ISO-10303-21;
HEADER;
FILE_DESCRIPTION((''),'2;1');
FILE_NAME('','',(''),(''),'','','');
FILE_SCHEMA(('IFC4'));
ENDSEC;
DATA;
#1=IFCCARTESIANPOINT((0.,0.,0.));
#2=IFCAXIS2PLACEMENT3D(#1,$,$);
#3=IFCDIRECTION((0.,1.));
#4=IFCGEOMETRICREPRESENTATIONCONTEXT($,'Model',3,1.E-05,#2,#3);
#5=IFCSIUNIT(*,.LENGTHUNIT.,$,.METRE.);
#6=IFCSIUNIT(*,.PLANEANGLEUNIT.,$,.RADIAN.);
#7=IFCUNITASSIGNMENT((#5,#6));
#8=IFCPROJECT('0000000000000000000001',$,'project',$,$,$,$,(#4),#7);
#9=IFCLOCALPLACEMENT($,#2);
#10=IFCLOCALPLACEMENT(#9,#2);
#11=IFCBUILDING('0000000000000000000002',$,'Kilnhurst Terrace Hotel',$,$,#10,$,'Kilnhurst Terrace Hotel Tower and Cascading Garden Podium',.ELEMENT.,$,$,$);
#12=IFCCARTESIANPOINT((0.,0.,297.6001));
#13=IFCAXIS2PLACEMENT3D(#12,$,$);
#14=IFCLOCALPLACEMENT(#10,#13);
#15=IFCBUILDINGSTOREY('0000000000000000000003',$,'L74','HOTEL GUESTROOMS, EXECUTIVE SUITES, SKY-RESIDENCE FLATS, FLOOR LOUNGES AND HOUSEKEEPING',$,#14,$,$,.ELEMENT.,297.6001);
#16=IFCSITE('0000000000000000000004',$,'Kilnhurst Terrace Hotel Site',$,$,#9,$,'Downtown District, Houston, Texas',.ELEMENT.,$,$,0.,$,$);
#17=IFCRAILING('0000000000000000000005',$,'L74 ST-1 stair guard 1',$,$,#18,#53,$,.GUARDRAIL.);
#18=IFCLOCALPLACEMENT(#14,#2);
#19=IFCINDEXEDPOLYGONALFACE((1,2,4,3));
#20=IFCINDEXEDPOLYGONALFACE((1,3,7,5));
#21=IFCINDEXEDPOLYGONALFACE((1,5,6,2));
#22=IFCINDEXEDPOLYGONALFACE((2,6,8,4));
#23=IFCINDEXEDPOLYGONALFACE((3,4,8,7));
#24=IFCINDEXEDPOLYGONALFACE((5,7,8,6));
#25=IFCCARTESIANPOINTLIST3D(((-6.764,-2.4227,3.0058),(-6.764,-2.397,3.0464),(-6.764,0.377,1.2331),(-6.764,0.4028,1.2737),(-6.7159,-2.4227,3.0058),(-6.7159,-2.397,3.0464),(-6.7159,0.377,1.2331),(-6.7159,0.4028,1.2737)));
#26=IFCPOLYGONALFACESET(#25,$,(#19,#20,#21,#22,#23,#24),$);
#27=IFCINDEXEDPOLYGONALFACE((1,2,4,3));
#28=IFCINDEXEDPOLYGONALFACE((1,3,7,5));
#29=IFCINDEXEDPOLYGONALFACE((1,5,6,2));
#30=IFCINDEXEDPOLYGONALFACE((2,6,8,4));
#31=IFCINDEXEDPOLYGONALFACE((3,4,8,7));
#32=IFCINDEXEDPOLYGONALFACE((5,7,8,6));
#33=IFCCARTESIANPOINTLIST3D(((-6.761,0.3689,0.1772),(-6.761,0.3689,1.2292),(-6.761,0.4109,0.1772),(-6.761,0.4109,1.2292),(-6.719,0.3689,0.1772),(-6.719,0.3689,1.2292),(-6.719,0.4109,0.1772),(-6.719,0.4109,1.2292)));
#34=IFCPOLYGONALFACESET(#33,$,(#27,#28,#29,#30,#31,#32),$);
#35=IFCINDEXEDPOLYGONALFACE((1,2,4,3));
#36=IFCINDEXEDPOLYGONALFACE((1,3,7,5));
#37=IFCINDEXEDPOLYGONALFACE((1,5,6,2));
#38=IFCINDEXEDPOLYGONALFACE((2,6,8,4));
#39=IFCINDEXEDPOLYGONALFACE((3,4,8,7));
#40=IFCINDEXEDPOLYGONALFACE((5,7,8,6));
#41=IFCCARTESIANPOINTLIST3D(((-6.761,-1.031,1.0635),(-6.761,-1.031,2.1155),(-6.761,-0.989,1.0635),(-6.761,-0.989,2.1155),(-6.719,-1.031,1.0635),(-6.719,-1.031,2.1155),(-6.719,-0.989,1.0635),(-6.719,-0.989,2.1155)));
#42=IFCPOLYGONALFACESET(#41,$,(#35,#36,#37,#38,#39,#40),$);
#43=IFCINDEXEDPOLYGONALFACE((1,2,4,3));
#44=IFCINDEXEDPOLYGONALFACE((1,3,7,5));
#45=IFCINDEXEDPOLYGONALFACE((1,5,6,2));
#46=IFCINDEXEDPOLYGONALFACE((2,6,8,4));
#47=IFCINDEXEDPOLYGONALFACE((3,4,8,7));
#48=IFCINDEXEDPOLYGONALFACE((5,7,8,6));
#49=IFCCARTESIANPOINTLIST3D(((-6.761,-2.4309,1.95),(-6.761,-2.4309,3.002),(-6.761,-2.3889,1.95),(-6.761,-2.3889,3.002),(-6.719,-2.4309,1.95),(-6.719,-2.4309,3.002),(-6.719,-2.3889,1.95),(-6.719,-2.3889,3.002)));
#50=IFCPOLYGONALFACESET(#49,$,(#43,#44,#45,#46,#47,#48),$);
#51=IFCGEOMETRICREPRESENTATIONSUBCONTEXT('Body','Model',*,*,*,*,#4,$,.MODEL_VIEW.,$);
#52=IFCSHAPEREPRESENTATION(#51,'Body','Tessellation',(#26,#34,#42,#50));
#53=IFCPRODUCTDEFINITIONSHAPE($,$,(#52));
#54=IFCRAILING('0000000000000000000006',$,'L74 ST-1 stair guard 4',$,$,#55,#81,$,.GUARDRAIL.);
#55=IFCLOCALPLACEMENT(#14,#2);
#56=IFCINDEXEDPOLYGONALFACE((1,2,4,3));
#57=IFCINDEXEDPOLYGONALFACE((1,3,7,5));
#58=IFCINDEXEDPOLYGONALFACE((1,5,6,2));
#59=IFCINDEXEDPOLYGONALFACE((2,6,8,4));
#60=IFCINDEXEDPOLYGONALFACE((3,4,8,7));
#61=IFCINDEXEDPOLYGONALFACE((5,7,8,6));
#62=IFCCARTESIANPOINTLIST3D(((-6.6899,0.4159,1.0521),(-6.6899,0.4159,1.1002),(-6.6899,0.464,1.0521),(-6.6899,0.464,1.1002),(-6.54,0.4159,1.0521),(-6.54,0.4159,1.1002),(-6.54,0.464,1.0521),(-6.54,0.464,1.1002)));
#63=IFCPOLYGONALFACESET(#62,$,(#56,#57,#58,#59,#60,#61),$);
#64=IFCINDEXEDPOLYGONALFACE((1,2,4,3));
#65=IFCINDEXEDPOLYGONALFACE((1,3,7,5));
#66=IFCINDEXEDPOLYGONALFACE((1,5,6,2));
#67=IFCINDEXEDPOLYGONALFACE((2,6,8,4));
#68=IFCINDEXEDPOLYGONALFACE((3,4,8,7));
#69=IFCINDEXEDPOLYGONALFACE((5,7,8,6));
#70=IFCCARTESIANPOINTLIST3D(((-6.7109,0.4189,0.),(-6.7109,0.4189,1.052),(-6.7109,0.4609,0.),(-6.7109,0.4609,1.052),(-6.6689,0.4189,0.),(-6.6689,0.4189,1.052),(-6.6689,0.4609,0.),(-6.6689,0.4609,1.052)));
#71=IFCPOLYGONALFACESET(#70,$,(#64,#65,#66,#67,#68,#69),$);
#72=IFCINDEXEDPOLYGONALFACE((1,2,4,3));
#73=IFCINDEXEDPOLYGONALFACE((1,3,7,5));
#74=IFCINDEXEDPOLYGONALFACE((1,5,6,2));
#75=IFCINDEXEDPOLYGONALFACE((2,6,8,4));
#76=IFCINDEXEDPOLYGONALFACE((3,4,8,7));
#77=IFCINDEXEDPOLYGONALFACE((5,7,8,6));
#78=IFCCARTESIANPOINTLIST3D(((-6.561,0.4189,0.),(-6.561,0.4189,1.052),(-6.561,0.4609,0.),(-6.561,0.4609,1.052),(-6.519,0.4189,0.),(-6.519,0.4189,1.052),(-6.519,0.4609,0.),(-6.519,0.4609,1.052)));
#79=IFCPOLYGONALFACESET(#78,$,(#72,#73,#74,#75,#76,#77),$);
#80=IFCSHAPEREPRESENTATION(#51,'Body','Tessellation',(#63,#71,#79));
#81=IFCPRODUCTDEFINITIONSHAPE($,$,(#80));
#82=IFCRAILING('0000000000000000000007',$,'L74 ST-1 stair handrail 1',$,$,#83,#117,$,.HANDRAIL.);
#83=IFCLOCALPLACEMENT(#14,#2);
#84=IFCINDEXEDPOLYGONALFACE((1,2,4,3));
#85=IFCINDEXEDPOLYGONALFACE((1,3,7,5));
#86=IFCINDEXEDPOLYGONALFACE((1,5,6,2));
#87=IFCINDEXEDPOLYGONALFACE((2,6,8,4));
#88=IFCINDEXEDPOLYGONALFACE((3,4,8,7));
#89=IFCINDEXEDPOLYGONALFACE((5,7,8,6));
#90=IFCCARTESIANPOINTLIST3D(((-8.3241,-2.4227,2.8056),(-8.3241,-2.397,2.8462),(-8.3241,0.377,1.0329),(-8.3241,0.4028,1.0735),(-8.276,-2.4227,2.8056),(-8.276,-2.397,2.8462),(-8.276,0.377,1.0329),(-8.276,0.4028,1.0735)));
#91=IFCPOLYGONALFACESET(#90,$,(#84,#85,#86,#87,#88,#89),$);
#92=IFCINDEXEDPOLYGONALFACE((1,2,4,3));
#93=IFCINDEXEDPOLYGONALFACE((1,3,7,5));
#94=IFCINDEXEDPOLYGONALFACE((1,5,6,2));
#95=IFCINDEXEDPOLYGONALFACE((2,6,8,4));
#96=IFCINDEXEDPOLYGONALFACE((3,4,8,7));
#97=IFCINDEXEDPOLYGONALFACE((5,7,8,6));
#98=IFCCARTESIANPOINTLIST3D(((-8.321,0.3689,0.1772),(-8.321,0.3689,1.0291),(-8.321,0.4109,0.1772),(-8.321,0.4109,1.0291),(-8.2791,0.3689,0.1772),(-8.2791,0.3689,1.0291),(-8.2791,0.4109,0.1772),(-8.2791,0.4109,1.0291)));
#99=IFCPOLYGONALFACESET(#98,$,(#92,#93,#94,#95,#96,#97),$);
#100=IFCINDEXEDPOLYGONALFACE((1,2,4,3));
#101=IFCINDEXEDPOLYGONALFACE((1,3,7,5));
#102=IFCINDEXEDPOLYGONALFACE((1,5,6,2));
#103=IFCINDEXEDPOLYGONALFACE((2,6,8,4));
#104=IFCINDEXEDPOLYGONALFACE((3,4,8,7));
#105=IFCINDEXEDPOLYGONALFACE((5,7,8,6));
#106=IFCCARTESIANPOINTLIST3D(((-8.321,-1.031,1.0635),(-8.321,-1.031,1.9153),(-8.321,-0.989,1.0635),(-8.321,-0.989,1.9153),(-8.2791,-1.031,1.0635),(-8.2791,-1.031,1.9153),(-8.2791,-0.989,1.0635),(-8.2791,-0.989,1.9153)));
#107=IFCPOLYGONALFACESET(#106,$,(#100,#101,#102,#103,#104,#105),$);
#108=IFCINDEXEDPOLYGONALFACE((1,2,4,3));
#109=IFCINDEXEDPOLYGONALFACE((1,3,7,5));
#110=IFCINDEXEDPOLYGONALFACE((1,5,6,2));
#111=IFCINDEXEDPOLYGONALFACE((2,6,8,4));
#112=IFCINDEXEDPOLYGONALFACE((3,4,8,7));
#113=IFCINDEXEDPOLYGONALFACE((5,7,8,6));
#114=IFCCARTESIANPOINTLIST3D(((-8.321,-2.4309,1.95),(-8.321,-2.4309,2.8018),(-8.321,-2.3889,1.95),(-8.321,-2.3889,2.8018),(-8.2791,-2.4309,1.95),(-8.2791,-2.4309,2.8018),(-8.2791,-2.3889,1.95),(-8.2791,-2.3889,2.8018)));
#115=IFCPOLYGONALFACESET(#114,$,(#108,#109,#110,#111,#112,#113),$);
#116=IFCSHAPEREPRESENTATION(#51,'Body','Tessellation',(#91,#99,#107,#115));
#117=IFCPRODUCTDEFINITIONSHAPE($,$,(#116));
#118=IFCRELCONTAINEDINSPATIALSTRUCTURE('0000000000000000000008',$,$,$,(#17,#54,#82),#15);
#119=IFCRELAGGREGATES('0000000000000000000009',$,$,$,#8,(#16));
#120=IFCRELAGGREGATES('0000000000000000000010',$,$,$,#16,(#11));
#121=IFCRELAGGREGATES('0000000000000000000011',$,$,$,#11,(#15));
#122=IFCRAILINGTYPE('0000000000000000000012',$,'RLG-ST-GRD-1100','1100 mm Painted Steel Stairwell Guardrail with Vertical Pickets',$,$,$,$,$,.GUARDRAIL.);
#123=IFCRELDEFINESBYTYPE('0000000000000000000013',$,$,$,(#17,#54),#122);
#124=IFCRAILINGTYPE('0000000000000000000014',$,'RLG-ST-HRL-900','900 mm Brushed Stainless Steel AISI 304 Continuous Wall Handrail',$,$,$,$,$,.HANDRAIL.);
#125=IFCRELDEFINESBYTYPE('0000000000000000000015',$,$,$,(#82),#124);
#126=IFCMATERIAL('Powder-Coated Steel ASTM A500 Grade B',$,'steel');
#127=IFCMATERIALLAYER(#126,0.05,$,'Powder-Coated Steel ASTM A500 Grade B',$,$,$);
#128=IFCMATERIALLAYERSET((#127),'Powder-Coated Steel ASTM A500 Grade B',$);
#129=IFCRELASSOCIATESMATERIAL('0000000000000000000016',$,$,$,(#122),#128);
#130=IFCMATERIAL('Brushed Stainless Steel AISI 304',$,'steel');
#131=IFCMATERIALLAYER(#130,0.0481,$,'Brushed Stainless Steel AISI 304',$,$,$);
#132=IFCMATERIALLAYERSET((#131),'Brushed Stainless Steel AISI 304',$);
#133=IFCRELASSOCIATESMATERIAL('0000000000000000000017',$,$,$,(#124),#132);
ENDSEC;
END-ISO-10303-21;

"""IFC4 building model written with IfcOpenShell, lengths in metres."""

from ifc_helpers import new_model, si_unit, direction, frame, origin, origin_2d, place, context, subcontext, project, spatial, rectangle, extrude, material, layer, layer_set, type_object, element, save


model = new_model("IFC4")

# Units and contexts
model_context = context("Model", 3, precision=1e-05, world=origin(), true_north=direction((0.0, 1.0)))
body_context = subcontext(model_context, "Body", "Model", "MODEL_VIEW")
ifc_project = project(units=[si_unit("LENGTHUNIT", "METRE"), si_unit("PLANEANGLEUNIT", "RADIAN")], contexts=[model_context])

# Site, building, storey
site_placement = place(None, origin())
site = spatial("IfcSite", under=ifc_project, at=site_placement, Name="Kilnhurst Terrace Hotel Site", LongName="Downtown District, Houston, Texas", CompositionType="ELEMENT", RefElevation=0.0)
building_placement = place(site_placement, origin())
building = spatial("IfcBuilding", under=site, at=building_placement, Name="Kilnhurst Terrace Hotel", LongName="Kilnhurst Terrace Hotel Tower and Cascading Garden Podium", CompositionType="ELEMENT")
storey_placement = place(building_placement, frame((0.0, 0.0, 297.6001)))
storey = spatial("IfcBuildingStorey", under=building, at=storey_placement, Name="L74", Description="HOTEL GUESTROOMS, EXECUTIVE SUITES, SKY-RESIDENCE FLATS, FLOOR LOUNGES AND HOUSEKEEPING", CompositionType="ELEMENT", Elevation=297.6001)

# Railings
ifc_material_1 = material(Name="Powder-Coated Steel ASTM A500 Grade B", Category="steel")
ifc_layer_1 = layer(ifc_material_1, 0.05, Name="Powder-Coated Steel ASTM A500 Grade B")
ifc_layer_set_1 = layer_set([ifc_layer_1], Name="Powder-Coated Steel ASTM A500 Grade B")
railing_type_1 = type_object("IfcRailingType", Name="RLG-ST-GRD-1100", Description="1100 mm Painted Steel Stairwell Guardrail with Vertical Pickets", PredefinedType="GUARDRAIL", material=ifc_layer_set_1)
railing_1_placement = place(storey_placement, frame((-6.74, 0.3899, 0.1772)))
element("IfcRailing", 1, at=railing_1_placement, inside=storey, type_object=railing_type_1, Name="L74 ST-1 stair guard 1", PredefinedType="GUARDRAIL", context=body_context, shape_type="SweptSolid", body=[
    extrude(rectangle(XDim=0.0481, YDim=0.0481, at=origin_2d()), frame((0.0, 0.0, 1.0762), z_axis=(0.0, -0.844888, 0.534943), x_axis=(1.0, 0.0, 0.0)), (0.0, 0.0, 1.0), 3.3137),
    extrude(rectangle(XDim=0.042, YDim=0.042, at=origin_2d()), origin(), (0.0, 0.0, 1.0), 1.052),
    extrude(rectangle(XDim=0.042, YDim=0.042, at=origin_2d()), frame((0.0, -1.3999, 0.8862)), (0.0, 0.0, 1.0), 1.052),
    extrude(rectangle(XDim=0.042, YDim=0.042, at=origin_2d()), frame((0.0, -2.7998, 1.7727)), (0.0, 0.0, 1.0), 1.052),
])
railing_2_placement = place(storey_placement, frame((-6.6899, 0.4399, 0.0)))
element("IfcRailing", 2, at=railing_2_placement, inside=storey, type_object=railing_type_1, Name="L74 ST-1 stair guard 4", PredefinedType="GUARDRAIL", context=body_context, shape_type="SweptSolid", body=[
    extrude(rectangle(XDim=0.0481, YDim=0.0481, at=origin_2d()), frame((0.0, 0.0, 1.0762), z_axis=(1.0, 0.0, 0.0), x_axis=(0.0, 1.0, 0.0)), (0.0, 0.0, 1.0), 0.1499),
    extrude(rectangle(XDim=0.042, YDim=0.042, at=origin_2d()), origin(), (0.0, 0.0, 1.0), 1.052),
    extrude(rectangle(XDim=0.042, YDim=0.042, at=origin_2d()), frame((0.1499, 0.0, 0.0)), (0.0, 0.0, 1.0), 1.052),
])
ifc_material_2 = material(Name="Brushed Stainless Steel AISI 304", Category="steel")
ifc_layer_2 = layer(ifc_material_2, 0.0481, Name="Brushed Stainless Steel AISI 304")
ifc_layer_set_2 = layer_set([ifc_layer_2], Name="Brushed Stainless Steel AISI 304")
railing_type_2 = type_object("IfcRailingType", Name="RLG-ST-HRL-900", Description="900 mm Brushed Stainless Steel AISI 304 Continuous Wall Handrail", PredefinedType="HANDRAIL", material=ifc_layer_set_2)
railing_3_placement = place(storey_placement, frame((-8.3, 0.3899, 0.1772)))
element("IfcRailing", 3, at=railing_3_placement, inside=storey, type_object=railing_type_2, Name="L74 ST-1 stair handrail 1", PredefinedType="HANDRAIL", context=body_context, shape_type="SweptSolid", body=[
    extrude(rectangle(XDim=0.0481, YDim=0.0481, at=origin_2d()), frame((0.0, 0.0, 0.876), z_axis=(0.0, -0.844888, 0.534943), x_axis=(1.0, 0.0, 0.0)), (0.0, 0.0, 1.0), 3.3137),
    extrude(rectangle(XDim=0.042, YDim=0.042, at=origin_2d()), origin(), (0.0, 0.0, 1.0), 0.8518),
    extrude(rectangle(XDim=0.042, YDim=0.042, at=origin_2d()), frame((0.0, -1.3999, 0.8862)), (0.0, 0.0, 1.0), 0.8518),
    extrude(rectangle(XDim=0.042, YDim=0.042, at=origin_2d()), frame((0.0, -2.7998, 1.7727)), (0.0, 0.0, 1.0), 0.8518),
])

save(model, "model.ifc")
